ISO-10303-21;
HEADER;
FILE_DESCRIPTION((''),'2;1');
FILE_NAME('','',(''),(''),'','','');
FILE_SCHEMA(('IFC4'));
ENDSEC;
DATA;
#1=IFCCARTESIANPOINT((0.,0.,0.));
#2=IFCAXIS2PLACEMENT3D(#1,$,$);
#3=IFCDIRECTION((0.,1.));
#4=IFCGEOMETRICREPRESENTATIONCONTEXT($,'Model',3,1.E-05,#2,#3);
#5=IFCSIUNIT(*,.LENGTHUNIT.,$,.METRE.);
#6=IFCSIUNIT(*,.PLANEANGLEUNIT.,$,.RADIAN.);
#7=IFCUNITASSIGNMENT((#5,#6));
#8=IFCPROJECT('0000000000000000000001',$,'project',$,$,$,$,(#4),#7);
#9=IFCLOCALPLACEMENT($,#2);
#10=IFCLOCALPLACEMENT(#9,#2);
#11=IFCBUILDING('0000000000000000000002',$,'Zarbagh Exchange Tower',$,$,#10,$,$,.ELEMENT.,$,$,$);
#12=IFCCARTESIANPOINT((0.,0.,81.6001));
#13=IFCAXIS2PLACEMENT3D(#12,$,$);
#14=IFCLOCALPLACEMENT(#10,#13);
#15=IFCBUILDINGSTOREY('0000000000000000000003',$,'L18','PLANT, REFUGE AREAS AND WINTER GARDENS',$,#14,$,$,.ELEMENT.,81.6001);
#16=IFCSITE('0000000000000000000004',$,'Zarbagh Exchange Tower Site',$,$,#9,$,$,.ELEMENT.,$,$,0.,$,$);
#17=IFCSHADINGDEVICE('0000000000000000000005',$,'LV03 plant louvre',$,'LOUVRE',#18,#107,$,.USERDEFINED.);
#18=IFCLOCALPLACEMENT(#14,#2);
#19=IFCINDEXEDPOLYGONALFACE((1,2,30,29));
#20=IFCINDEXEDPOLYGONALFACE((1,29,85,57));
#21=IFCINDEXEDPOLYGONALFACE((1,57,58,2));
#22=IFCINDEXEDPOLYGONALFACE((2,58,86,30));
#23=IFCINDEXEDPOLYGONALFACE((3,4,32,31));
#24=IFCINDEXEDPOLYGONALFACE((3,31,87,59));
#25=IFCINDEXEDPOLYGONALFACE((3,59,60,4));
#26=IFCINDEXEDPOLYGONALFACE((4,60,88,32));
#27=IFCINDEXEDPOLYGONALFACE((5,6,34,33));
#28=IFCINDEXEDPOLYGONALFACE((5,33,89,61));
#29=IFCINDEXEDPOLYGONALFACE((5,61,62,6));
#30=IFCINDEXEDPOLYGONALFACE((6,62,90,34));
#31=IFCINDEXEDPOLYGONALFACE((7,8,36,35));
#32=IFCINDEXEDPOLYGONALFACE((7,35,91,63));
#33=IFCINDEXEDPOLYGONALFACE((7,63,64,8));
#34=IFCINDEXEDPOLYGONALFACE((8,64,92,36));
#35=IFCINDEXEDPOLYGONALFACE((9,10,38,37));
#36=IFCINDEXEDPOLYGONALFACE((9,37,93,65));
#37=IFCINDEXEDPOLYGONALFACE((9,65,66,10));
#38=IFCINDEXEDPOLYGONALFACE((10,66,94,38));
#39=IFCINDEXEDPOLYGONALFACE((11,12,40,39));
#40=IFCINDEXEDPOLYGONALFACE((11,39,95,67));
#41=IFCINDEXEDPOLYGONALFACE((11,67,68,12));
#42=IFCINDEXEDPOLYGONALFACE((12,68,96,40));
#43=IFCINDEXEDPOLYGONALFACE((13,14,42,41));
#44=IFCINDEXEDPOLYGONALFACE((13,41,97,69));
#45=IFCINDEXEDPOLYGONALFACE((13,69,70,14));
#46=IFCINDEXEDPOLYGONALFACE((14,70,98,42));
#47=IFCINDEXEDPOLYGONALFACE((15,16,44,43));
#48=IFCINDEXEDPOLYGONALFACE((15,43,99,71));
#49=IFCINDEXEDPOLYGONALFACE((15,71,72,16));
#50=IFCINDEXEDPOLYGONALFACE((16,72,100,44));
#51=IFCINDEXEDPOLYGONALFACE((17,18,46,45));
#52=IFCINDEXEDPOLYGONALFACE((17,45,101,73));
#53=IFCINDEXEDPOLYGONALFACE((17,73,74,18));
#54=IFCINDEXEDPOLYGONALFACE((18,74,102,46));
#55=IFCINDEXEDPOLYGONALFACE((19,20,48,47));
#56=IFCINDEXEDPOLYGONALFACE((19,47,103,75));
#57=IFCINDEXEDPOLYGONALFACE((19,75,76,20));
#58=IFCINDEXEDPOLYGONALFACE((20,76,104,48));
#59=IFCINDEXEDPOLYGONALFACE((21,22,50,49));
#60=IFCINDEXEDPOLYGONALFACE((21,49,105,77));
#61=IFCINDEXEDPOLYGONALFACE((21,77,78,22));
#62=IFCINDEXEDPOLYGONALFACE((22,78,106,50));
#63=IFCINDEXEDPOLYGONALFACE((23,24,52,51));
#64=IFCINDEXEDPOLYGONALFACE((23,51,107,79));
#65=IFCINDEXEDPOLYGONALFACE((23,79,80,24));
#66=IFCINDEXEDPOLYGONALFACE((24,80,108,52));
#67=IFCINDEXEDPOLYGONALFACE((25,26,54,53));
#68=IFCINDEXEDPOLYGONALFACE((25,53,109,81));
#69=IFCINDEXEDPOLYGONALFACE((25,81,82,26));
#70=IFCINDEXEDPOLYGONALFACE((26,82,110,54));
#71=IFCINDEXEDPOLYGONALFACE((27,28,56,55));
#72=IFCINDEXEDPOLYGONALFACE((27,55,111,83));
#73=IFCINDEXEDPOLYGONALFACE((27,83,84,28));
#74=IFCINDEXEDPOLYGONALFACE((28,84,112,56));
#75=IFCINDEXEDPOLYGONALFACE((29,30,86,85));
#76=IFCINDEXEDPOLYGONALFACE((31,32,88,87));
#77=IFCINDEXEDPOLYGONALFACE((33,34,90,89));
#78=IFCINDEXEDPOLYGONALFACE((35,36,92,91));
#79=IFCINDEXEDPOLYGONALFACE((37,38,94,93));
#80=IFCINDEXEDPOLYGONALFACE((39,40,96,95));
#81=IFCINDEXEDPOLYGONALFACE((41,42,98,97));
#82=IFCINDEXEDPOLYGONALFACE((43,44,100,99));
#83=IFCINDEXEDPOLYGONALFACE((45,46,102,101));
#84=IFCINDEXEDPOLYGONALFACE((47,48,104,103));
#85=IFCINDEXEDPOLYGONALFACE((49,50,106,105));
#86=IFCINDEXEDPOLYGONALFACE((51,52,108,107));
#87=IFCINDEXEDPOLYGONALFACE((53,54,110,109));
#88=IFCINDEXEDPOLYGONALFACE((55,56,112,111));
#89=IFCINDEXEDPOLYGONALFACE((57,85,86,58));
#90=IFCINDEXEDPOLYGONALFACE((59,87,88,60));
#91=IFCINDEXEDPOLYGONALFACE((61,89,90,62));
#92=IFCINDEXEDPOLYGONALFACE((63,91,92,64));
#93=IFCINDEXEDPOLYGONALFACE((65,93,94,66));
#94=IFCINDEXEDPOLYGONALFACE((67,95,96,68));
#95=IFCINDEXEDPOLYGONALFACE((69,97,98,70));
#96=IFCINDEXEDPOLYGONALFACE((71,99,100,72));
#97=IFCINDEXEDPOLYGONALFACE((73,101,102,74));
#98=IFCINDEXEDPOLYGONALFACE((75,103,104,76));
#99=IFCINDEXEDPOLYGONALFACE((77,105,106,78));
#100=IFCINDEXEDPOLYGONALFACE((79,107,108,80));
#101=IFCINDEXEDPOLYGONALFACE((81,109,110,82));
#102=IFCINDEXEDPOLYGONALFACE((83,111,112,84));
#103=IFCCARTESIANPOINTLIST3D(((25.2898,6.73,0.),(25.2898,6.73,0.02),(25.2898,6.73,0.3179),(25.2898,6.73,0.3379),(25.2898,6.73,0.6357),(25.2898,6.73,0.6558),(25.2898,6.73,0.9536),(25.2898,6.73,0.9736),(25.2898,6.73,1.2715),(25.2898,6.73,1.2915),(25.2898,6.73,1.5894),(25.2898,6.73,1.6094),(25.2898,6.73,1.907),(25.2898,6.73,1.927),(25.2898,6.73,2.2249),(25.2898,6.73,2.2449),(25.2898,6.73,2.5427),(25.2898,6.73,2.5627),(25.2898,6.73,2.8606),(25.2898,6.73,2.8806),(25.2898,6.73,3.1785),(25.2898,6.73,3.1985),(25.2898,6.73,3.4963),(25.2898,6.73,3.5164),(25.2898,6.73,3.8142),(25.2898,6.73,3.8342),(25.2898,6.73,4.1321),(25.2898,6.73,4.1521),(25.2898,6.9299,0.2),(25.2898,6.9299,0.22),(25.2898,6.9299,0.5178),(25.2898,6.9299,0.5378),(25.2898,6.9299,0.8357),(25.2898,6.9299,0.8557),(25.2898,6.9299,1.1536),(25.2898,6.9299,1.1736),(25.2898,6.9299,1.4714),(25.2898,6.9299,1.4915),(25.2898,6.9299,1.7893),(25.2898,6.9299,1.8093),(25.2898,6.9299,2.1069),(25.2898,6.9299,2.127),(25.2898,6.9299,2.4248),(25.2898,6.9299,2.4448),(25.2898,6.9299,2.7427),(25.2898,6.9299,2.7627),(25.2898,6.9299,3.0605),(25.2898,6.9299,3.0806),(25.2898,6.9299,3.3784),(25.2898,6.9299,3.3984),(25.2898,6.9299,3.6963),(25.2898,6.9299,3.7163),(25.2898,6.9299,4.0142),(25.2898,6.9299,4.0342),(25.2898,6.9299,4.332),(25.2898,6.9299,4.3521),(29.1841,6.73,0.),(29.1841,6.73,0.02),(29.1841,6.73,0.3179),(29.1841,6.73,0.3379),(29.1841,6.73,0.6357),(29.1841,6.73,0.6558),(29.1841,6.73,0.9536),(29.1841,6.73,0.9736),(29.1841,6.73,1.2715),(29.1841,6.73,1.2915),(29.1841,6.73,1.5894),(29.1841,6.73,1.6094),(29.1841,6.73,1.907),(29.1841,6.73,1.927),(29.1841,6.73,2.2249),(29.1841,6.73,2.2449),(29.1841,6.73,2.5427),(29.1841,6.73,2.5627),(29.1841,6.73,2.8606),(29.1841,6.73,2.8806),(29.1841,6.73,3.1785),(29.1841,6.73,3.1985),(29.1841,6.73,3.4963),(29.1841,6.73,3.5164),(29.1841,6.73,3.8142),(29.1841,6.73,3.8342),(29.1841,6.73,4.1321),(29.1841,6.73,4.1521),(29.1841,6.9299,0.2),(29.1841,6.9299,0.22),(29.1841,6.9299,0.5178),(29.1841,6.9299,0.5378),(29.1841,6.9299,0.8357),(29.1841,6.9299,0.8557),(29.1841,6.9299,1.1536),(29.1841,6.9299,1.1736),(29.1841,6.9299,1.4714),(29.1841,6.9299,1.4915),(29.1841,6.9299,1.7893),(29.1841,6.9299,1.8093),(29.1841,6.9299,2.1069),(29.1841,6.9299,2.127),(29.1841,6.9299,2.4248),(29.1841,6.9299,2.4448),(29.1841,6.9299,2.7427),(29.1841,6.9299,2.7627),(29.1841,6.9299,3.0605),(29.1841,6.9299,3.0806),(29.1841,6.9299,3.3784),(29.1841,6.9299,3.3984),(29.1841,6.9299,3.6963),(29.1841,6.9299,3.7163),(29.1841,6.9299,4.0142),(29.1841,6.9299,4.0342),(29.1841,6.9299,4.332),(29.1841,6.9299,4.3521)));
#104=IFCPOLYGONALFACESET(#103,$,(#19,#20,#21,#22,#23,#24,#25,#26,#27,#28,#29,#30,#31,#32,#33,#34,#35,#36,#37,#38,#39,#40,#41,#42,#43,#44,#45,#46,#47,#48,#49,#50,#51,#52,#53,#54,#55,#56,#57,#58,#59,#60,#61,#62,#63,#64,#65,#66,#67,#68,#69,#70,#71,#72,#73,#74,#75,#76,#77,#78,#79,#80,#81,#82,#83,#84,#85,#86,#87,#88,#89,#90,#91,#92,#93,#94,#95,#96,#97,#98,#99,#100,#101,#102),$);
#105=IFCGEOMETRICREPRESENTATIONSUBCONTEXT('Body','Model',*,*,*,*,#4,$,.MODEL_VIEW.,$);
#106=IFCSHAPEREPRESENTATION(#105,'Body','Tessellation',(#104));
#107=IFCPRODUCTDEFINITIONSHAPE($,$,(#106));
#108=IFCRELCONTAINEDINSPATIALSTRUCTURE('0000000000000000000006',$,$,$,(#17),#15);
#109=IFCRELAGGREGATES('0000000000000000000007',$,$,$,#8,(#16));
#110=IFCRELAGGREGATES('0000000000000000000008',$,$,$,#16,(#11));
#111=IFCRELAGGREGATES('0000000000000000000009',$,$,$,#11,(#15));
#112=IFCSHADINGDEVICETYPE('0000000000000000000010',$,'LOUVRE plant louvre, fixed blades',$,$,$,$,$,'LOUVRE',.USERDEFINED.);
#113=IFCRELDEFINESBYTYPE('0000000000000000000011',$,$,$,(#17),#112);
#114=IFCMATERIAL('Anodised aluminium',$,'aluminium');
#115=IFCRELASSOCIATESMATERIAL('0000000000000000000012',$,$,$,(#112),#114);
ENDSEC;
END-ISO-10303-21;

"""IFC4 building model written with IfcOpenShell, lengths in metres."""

from ifc_helpers import new_model, si_unit, direction, frame, origin, place, context, subcontext, project, spatial, polyline, outline, extrude, source, transform, mapped, material, type_object, element, save


model = new_model("IFC4")

# Units and contexts
model_context = context("Model", 3, precision=1e-05, world=origin(), true_north=direction((0.0, 1.0)))
body_context = subcontext(model_context, "Body", "Model", "MODEL_VIEW")
ifc_project = project(units=[si_unit("LENGTHUNIT", "METRE"), si_unit("PLANEANGLEUNIT", "RADIAN")], contexts=[model_context])

# Site, building, storey
site_placement = place(None, origin())
site = spatial("IfcSite", under=ifc_project, at=site_placement, Name="Zarbagh Exchange Tower Site", CompositionType="ELEMENT", RefElevation=0.0)
building_placement = place(site_placement, origin())
building = spatial("IfcBuilding", under=site, at=building_placement, Name="Zarbagh Exchange Tower", CompositionType="ELEMENT")
storey_placement = place(building_placement, frame((0.0, 0.0, 81.6001)))
storey = spatial("IfcBuildingStorey", under=building, at=storey_placement, Name="L18", Description="PLANT, REFUGE AREAS AND WINTER GARDENS", CompositionType="ELEMENT", Elevation=81.6001)

# Shared definitions
placement = place(storey_placement, origin())

# Shared definitions
ifc_material_1 = material(Name="Anodised aluminium", Category="aluminium")
shading_device_type = type_object("IfcShadingDeviceType", Name="LOUVRE plant louvre, fixed blades", ElementType="LOUVRE", PredefinedType="USERDEFINED", material=ifc_material_1)

# Shading device
shared_shape_1 = source(origin(), body_context, "Body", "SweptSolid", [
    extrude(outline(polyline([(0.0, 0.2), (0.2, 0.0), (0.2, -0.02), (0.0, 0.1799), (0.0, 0.2)])), origin(), (0.0, 0.0, 1.0), 3.8943),
])
element("IfcShadingDevice", 1, at=placement, inside=storey, type_object=shading_device_type, Name="LV03 plant louvre", ObjectType="LOUVRE", PredefinedType="USERDEFINED", context=body_context, shape_type="MappedRepresentation", body=[
    mapped(shared_shape_1, transform((29.1841, 6.73, 0.2), x_axis=(0.0, 1.0, 0.0), y_axis=(0.0, 0.0, -1.0), z_axis=(-1.0, 0.0, 0.0))),
    mapped(shared_shape_1, transform((29.1841, 6.73, 0.5178), x_axis=(0.0, 1.0, 0.0), y_axis=(0.0, 0.0, -1.0), z_axis=(-1.0, 0.0, 0.0))),
    mapped(shared_shape_1, transform((29.1841, 6.73, 0.8357), x_axis=(0.0, 1.0, 0.0), y_axis=(0.0, 0.0, -1.0), z_axis=(-1.0, 0.0, 0.0))),
    mapped(shared_shape_1, transform((29.1841, 6.73, 1.1536), x_axis=(0.0, 1.0, 0.0), y_axis=(0.0, 0.0, -1.0), z_axis=(-1.0, 0.0, 0.0))),
    mapped(shared_shape_1, transform((29.1841, 6.73, 1.4714), x_axis=(0.0, 1.0, 0.0), y_axis=(0.0, 0.0, -1.0), z_axis=(-1.0, 0.0, 0.0))),
    mapped(shared_shape_1, transform((29.1841, 6.73, 1.7893), x_axis=(0.0, 1.0, 0.0), y_axis=(0.0, 0.0, -1.0), z_axis=(-1.0, 0.0, 0.0))),
    mapped(shared_shape_1, transform((29.1841, 6.73, 2.1069), x_axis=(0.0, 1.0, 0.0), y_axis=(0.0, 0.0, -1.0), z_axis=(-1.0, 0.0, 0.0))),
    mapped(shared_shape_1, transform((29.1841, 6.73, 2.4248), x_axis=(0.0, 1.0, 0.0), y_axis=(0.0, 0.0, -1.0), z_axis=(-1.0, 0.0, 0.0))),
    mapped(shared_shape_1, transform((29.1841, 6.73, 2.7427), x_axis=(0.0, 1.0, 0.0), y_axis=(0.0, 0.0, -1.0), z_axis=(-1.0, 0.0, 0.0))),
    mapped(shared_shape_1, transform((29.1841, 6.73, 3.0605), x_axis=(0.0, 1.0, 0.0), y_axis=(0.0, 0.0, -1.0), z_axis=(-1.0, 0.0, 0.0))),
    mapped(shared_shape_1, transform((29.1841, 6.73, 3.3784), x_axis=(0.0, 1.0, 0.0), y_axis=(0.0, 0.0, -1.0), z_axis=(-1.0, 0.0, 0.0))),
    mapped(shared_shape_1, transform((29.1841, 6.73, 3.6963), x_axis=(0.0, 1.0, 0.0), y_axis=(0.0, 0.0, -1.0), z_axis=(-1.0, 0.0, 0.0))),
    mapped(shared_shape_1, transform((29.1841, 6.73, 4.0142), x_axis=(0.0, 1.0, 0.0), y_axis=(0.0, 0.0, -1.0), z_axis=(-1.0, 0.0, 0.0))),
    mapped(shared_shape_1, transform((29.1841, 6.73, 4.332), x_axis=(0.0, 1.0, 0.0), y_axis=(0.0, 0.0, -1.0), z_axis=(-1.0, 0.0, 0.0))),
])

save(model, "model.ifc")
